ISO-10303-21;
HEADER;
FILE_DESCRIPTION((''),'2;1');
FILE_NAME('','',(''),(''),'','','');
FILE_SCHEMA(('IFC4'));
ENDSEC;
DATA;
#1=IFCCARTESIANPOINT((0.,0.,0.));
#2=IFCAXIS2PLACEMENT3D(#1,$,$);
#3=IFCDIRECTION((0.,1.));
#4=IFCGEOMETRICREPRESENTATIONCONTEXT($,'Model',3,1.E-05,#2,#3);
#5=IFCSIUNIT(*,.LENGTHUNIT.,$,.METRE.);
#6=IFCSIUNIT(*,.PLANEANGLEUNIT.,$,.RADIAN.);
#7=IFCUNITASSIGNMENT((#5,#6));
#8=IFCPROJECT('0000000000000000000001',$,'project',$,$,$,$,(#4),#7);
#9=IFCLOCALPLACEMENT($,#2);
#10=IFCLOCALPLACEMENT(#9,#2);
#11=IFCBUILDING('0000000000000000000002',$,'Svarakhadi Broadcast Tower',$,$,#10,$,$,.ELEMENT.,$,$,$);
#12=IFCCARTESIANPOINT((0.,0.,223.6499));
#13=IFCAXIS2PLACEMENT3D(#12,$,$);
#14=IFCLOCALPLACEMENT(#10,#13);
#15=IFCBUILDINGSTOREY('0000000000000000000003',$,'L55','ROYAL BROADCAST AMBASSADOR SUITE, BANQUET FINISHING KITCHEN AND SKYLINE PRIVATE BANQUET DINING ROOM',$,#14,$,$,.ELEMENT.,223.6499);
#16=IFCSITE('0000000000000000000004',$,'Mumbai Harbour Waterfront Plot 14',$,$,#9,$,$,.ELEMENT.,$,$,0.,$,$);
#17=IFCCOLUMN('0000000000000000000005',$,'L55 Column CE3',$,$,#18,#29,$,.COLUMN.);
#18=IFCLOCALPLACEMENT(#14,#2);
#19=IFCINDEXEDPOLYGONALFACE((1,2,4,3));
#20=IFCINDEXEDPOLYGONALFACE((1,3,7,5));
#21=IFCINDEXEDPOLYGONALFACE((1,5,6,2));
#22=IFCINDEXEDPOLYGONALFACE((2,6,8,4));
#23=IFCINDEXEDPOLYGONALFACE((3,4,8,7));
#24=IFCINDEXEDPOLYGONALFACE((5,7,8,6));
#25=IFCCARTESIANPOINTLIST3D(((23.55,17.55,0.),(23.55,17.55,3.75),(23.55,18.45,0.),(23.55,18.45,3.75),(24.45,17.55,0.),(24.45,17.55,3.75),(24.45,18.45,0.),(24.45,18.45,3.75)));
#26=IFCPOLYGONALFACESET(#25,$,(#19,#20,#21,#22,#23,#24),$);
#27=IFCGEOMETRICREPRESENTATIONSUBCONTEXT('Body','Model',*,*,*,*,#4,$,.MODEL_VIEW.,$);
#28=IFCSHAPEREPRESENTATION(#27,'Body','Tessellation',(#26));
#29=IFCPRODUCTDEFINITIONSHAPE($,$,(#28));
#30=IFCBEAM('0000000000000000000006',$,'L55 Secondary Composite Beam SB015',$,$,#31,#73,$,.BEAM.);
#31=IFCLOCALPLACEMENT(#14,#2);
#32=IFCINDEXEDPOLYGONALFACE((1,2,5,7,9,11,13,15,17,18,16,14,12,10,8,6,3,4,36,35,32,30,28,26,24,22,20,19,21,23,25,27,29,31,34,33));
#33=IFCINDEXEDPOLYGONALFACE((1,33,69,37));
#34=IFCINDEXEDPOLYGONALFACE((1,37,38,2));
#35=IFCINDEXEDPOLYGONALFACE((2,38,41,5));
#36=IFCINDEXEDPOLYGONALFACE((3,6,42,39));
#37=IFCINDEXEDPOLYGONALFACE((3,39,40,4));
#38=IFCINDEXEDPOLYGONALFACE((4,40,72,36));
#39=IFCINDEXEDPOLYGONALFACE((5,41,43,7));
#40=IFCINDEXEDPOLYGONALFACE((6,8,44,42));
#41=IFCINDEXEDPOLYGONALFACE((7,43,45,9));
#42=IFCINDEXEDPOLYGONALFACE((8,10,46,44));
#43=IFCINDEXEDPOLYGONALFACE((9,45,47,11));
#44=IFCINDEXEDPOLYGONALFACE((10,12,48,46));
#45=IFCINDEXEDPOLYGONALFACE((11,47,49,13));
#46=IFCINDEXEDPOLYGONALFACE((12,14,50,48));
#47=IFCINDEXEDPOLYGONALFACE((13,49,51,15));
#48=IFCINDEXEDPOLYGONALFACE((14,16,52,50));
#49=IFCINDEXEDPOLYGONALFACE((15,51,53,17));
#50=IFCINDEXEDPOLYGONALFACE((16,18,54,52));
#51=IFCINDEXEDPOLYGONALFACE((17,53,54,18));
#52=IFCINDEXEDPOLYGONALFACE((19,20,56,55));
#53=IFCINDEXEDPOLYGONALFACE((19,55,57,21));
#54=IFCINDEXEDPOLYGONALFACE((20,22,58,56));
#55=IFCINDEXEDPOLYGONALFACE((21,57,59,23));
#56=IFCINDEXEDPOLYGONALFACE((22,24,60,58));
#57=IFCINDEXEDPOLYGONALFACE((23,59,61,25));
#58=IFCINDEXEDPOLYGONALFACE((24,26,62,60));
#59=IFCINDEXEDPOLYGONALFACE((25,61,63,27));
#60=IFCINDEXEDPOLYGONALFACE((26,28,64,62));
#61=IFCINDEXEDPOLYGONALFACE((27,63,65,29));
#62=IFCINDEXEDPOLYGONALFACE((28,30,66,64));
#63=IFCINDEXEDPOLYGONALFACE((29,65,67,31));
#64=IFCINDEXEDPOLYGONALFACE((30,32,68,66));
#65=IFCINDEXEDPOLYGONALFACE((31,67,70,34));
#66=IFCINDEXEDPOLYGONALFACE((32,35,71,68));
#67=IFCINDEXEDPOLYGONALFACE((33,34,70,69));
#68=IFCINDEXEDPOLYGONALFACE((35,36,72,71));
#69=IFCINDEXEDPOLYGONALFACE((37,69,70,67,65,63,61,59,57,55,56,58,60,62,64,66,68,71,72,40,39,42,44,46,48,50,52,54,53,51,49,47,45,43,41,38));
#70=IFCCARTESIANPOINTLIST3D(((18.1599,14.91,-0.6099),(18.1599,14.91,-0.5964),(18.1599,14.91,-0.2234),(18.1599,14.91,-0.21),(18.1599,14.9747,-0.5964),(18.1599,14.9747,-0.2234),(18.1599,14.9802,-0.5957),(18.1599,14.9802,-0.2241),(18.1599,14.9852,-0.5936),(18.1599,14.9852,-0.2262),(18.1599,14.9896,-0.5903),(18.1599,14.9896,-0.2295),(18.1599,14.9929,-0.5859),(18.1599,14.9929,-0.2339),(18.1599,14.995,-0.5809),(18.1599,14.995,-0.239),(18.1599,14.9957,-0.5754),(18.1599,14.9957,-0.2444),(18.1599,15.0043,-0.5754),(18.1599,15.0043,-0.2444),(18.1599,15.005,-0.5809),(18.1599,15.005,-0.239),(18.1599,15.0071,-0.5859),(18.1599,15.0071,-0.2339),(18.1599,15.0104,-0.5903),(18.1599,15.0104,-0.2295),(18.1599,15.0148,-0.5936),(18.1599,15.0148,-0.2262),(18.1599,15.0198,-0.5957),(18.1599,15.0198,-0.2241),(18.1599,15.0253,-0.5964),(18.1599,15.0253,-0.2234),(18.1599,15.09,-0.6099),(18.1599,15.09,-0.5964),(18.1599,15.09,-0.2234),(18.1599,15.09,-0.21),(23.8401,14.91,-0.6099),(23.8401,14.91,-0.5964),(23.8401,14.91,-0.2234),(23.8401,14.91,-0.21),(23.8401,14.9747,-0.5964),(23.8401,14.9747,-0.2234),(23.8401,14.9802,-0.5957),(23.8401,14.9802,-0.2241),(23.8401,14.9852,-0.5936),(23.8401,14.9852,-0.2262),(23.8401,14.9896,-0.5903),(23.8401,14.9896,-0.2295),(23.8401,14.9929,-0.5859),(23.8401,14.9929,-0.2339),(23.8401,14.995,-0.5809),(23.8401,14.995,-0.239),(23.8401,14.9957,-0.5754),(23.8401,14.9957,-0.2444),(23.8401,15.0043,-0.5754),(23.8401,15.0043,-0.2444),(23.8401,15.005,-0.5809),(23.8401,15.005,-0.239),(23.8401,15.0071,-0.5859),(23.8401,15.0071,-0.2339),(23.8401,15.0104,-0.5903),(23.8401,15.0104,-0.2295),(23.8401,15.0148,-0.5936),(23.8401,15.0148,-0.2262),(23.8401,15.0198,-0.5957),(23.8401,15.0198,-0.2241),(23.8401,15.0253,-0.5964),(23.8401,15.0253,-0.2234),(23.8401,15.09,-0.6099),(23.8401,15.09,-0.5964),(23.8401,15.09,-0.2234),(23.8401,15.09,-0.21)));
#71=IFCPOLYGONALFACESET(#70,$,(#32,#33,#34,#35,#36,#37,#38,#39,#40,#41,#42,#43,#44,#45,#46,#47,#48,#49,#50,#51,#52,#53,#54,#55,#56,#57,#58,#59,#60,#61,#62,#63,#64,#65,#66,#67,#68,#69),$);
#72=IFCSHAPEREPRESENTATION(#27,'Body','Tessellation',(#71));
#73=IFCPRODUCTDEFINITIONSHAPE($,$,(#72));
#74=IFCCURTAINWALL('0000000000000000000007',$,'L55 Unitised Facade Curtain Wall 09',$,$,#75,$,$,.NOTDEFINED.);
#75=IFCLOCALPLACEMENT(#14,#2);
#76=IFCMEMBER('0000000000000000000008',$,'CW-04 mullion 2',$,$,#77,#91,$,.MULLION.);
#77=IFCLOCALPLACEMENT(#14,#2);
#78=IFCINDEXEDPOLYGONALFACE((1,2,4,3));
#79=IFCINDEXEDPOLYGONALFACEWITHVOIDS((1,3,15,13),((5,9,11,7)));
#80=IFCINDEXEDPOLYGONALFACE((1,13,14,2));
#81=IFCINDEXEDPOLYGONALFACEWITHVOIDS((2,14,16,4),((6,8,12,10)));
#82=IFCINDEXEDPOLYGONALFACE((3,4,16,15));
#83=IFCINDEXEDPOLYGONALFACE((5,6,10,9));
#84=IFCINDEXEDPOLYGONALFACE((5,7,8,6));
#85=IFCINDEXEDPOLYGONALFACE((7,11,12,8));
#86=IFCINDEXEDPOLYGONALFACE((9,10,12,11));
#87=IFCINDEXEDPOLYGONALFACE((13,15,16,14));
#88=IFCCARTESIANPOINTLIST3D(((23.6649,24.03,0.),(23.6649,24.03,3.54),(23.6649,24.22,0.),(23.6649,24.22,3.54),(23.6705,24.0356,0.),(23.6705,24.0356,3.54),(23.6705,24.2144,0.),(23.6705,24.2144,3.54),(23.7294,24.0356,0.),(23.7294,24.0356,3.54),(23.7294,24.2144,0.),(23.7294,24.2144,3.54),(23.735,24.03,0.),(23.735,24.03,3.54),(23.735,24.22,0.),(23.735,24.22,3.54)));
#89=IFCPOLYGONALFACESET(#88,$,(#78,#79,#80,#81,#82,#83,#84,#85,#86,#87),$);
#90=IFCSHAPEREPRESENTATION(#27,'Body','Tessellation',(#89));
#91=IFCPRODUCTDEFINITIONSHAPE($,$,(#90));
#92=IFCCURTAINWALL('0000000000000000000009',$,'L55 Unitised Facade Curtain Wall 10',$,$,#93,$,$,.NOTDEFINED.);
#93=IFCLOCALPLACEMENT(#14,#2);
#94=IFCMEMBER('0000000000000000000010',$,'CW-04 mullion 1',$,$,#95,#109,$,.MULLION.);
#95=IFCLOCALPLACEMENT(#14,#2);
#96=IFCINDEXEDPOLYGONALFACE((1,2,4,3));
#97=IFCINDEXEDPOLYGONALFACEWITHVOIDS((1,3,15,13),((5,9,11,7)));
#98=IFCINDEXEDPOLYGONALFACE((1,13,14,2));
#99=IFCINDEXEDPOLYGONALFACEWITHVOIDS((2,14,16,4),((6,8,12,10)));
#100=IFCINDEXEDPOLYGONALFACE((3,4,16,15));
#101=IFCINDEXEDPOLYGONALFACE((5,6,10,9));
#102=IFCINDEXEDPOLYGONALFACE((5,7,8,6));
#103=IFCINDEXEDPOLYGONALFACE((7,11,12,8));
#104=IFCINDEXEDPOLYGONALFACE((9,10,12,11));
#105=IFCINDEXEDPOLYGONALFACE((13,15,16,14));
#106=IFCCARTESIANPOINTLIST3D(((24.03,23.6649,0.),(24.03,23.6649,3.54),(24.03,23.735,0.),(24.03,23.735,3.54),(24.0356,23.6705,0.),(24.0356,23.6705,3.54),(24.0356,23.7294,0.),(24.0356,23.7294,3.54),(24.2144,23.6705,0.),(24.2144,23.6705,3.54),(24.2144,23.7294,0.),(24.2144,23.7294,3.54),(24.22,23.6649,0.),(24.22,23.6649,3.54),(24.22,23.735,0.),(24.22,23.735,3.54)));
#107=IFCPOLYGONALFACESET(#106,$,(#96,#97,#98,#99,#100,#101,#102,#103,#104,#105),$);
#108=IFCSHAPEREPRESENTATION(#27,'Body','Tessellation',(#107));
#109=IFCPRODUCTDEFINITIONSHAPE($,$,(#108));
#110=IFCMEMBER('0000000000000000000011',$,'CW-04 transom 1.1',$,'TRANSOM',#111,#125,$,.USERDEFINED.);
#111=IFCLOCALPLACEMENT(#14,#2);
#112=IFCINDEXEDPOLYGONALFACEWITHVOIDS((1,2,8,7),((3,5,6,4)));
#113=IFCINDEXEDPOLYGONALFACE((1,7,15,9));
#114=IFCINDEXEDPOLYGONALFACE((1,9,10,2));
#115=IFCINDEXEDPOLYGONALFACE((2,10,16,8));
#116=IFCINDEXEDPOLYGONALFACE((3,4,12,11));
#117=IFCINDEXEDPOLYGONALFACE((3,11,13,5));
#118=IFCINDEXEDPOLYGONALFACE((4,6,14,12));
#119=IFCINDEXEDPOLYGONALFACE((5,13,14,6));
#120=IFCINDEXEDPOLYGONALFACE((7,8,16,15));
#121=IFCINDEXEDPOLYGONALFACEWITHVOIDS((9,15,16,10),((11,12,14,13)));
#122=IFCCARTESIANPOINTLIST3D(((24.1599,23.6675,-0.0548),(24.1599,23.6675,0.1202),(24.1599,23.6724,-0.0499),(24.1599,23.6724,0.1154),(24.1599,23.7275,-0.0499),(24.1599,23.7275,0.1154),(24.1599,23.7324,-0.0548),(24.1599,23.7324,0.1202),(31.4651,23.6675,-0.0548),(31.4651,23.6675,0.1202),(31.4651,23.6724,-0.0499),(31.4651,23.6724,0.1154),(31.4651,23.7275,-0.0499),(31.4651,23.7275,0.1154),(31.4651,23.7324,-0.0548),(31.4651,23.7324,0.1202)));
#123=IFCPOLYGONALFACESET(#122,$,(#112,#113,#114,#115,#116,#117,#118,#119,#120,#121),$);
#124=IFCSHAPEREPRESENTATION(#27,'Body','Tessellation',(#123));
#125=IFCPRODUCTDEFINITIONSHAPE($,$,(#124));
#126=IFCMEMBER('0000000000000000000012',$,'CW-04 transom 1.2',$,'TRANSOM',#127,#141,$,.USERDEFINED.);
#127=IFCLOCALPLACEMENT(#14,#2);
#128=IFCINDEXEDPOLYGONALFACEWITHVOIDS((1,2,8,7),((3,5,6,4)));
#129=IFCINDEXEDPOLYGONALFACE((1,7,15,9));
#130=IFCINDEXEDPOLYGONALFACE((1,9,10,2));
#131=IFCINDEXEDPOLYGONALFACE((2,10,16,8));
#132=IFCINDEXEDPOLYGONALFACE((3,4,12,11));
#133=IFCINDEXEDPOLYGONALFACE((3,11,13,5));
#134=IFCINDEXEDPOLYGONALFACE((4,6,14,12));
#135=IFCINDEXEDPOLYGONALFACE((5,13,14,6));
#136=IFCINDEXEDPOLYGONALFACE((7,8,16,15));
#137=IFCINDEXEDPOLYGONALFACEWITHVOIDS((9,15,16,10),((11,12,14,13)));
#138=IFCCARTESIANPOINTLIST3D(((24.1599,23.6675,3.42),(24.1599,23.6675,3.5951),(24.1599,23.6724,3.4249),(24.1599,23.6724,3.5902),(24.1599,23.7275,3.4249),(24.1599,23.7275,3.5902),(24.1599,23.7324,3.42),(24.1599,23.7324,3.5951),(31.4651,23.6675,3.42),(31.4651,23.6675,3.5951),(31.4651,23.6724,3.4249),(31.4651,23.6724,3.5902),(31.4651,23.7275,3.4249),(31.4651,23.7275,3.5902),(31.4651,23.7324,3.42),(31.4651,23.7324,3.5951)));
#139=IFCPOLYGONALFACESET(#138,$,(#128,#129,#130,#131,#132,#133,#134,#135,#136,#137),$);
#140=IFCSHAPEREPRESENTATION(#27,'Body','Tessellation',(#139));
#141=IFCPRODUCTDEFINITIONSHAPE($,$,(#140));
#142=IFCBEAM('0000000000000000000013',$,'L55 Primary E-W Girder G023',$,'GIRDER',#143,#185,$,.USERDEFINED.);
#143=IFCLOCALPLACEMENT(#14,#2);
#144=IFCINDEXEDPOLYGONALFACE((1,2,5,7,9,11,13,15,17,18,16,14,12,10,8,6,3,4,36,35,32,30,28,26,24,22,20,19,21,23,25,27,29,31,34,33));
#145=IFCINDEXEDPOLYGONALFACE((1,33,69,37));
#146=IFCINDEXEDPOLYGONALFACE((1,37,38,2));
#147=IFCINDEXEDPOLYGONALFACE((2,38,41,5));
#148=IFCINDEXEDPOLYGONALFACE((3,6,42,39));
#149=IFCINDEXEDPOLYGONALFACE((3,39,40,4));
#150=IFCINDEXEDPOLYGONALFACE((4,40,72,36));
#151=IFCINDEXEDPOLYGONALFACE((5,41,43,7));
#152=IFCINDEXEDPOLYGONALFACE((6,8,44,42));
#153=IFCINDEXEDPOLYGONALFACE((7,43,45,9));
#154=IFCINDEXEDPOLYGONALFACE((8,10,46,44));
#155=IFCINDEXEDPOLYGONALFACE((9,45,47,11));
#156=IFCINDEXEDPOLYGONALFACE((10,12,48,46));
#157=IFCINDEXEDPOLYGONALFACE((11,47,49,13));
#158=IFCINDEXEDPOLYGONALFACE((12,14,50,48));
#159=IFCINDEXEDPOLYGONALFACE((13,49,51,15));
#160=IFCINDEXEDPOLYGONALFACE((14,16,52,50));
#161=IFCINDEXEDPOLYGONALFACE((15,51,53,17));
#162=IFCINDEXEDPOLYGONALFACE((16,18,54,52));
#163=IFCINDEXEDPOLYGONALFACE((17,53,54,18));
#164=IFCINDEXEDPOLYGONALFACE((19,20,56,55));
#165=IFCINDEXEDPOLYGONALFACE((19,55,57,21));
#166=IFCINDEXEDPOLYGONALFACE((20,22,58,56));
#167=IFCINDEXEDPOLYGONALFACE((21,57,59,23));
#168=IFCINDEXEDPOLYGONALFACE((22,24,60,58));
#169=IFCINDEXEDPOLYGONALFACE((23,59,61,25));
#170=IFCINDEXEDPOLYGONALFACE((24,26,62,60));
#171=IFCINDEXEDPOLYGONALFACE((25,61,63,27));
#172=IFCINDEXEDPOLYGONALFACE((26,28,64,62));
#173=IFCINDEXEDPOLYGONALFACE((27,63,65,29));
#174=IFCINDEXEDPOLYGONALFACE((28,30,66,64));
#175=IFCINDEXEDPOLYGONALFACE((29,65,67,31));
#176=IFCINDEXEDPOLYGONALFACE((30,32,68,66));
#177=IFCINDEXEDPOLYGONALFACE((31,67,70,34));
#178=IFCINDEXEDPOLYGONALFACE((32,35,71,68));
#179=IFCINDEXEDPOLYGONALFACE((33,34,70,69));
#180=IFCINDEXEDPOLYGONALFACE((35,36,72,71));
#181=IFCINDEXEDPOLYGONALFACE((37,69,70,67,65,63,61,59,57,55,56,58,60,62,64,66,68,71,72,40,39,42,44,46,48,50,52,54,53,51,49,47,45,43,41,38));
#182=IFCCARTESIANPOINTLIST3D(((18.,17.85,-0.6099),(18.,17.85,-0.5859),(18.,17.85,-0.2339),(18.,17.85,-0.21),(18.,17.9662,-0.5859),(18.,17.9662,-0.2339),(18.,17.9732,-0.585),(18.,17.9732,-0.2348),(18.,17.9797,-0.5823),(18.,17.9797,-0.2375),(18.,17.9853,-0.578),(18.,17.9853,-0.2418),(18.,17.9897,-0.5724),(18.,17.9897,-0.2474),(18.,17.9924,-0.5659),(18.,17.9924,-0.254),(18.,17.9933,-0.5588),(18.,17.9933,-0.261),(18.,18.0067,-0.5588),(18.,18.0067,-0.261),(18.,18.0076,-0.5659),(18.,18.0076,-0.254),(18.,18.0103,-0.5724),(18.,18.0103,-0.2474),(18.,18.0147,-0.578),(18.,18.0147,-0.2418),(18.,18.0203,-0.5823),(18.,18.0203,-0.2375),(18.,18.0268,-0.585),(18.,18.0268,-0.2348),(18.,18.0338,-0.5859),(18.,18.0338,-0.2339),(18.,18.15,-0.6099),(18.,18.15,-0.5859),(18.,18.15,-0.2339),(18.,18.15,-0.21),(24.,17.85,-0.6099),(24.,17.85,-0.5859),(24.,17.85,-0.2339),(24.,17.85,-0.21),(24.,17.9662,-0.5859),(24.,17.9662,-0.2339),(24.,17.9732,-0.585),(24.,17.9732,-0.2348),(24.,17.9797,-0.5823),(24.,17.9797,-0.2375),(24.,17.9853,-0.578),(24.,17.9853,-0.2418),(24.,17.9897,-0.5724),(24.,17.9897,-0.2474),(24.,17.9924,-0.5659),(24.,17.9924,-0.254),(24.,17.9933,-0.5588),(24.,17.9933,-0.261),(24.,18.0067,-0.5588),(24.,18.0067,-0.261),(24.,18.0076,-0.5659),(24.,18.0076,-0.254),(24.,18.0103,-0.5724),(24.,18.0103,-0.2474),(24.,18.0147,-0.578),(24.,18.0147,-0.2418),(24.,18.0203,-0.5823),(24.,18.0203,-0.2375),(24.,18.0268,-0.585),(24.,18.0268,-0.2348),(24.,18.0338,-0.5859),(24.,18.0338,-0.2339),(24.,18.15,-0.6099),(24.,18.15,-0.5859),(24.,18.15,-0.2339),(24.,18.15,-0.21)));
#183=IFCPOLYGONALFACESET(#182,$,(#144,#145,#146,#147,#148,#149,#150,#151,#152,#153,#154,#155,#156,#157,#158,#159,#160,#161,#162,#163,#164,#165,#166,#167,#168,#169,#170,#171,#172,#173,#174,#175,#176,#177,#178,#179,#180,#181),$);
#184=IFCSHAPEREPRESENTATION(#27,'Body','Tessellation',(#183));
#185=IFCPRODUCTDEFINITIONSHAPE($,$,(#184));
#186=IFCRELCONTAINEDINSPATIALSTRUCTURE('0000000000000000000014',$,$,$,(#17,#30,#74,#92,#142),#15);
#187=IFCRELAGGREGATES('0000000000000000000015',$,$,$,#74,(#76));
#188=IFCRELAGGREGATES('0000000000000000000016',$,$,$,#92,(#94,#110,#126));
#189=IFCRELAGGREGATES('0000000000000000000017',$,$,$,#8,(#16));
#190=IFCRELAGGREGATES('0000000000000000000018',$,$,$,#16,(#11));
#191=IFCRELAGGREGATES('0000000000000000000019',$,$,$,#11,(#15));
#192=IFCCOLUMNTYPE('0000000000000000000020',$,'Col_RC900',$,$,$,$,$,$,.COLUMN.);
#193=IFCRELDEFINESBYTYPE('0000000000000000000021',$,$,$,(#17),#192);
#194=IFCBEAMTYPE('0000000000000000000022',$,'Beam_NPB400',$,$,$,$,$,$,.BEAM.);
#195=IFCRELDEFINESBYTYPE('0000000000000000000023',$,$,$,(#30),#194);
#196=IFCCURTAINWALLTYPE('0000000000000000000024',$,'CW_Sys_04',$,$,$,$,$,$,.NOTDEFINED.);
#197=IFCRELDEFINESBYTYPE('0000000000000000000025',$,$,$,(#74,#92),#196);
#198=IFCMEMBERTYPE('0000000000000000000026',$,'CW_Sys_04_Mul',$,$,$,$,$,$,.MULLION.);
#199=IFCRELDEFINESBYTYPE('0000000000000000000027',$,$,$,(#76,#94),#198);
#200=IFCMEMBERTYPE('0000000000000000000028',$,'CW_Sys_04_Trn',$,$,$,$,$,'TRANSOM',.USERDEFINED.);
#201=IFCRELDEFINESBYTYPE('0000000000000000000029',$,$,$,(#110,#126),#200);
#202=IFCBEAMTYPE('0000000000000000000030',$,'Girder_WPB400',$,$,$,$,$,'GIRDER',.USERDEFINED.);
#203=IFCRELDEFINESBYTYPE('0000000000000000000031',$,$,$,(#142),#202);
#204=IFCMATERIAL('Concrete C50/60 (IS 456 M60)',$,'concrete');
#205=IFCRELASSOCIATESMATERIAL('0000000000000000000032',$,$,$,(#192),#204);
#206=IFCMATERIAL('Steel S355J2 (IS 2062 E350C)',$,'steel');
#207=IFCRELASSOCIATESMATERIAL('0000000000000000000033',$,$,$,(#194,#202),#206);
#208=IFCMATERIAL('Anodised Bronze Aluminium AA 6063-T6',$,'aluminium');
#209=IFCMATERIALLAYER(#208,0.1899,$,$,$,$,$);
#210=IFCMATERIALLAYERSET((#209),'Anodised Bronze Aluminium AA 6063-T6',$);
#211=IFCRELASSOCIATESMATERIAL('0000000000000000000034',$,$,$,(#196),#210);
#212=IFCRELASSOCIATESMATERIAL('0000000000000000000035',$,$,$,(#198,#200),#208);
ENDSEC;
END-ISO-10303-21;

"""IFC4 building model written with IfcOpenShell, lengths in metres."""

from ifc_helpers import new_model, si_unit, direction, frame, origin, origin_2d, place, context, subcontext, project, spatial, rectangle, hollow_rectangle, i_section, extrude, material, layer, layer_set, material_profile, profile_set, type_object, element, aggregate, save


model = new_model("IFC4")

# Units and contexts
model_context = context("Model", 3, precision=1e-05, world=origin(), true_north=direction((0.0, 1.0)))
body_context = subcontext(model_context, "Body", "Model", "MODEL_VIEW")
ifc_project = project(units=[si_unit("LENGTHUNIT", "METRE"), si_unit("PLANEANGLEUNIT", "RADIAN")], contexts=[model_context])

# Site, building, storey
site_placement = place(None, origin())
site = spatial("IfcSite", under=ifc_project, at=site_placement, Name="Mumbai Harbour Waterfront Plot 14", CompositionType="ELEMENT", RefElevation=0.0)
building_placement = place(site_placement, origin())
building = spatial("IfcBuilding", under=site, at=building_placement, Name="Svarakhadi Broadcast Tower", CompositionType="ELEMENT")
storey_placement = place(building_placement, frame((0.0, 0.0, 223.6499)))
storey = spatial("IfcBuildingStorey", under=building, at=storey_placement, Name="L55", Description="ROYAL BROADCAST AMBASSADOR SUITE, BANQUET FINISHING KITCHEN AND SKYLINE PRIVATE BANQUET DINING ROOM", CompositionType="ELEMENT", Elevation=223.6499)

# Column
ifc_material_1 = material(Name="Concrete C50/60 (IS 456 M60)", Category="concrete")
ifc_material_profile_1 = material_profile(ifc_material_1, rectangle(XDim=0.8999, YDim=0.8999, at=origin_2d()), Name="RC 900x900")
ifc_profile_set_1 = profile_set([ifc_material_profile_1], Name="Concrete C50/60 (IS 456 M60)")
column_type = type_object("IfcColumnType", Name="Col_RC900", PredefinedType="COLUMN", material=ifc_profile_set_1)
column_placement = place(storey_placement, frame((24.0, 18.0, 0.0), z_axis=(0.0, 0.0, 1.0), x_axis=(1.0, 0.0, 0.0)))
element("IfcColumn", 1, at=column_placement, inside=storey, type_object=column_type, Name="L55 Column CE3", PredefinedType="COLUMN", context=body_context, shape_type="SweptSolid", body=[
    extrude(rectangle(XDim=0.8999, YDim=0.8999, at=origin_2d()), origin(), (0.0, 0.0, 1.0), 3.75),
])

# Beam
ifc_material_2 = material(Name="Steel S355J2 (IS 2062 E350C)", Category="steel")
ifc_material_profile_2 = material_profile(ifc_material_2, i_section(OverallWidth=0.1799, OverallDepth=0.3999, WebThickness=0.0085, FlangeThickness=0.0134, FilletRadius=0.021, at=origin_2d()), Name="NPB 400x180x66")
ifc_profile_set_2 = profile_set([ifc_material_profile_2], Name="Steel S355J2 (IS 2062 E350C)")
beam_type_1 = type_object("IfcBeamType", Name="Beam_NPB400", PredefinedType="BEAM", material=ifc_profile_set_2)
beam_1_placement = place(storey_placement, frame((18.1599, 15.0, -0.4099), z_axis=(1.0, 0.0, 0.0), x_axis=(0.0, 1.0, 0.0)))
element("IfcBeam", 2, at=beam_1_placement, inside=storey, type_object=beam_type_1, Name="L55 Secondary Composite Beam SB015", PredefinedType="BEAM", context=body_context, shape_type="SweptSolid", body=[
    extrude(i_section(OverallWidth=0.1799, OverallDepth=0.3999, WebThickness=0.0085, FlangeThickness=0.0134, FilletRadius=0.021, at=origin_2d()), origin(), (0.0, 0.0, 1.0), 5.6802),
])

# Curtain wall, member
ifc_material_3 = material(Name="Anodised Bronze Aluminium AA 6063-T6", Category="aluminium")
ifc_layer_1 = layer(ifc_material_3, 0.1899)
ifc_layer_set_1 = layer_set([ifc_layer_1], Name="Anodised Bronze Aluminium AA 6063-T6")
curtain_wall_type = type_object("IfcCurtainWallType", Name="CW_Sys_04", PredefinedType="NOTDEFINED", material=ifc_layer_set_1)
curtain_wall_1_placement = place(storey_placement, origin())
curtain_wall_1 = element("IfcCurtainWall", 3, at=curtain_wall_1_placement, inside=storey, type_object=curtain_wall_type, Name="L55 Unitised Facade Curtain Wall 09", PredefinedType="NOTDEFINED")
ifc_material_profile_3 = material_profile(ifc_material_3, hollow_rectangle(XDim=0.0701, YDim=0.1899, WallThickness=0.0056, at=origin_2d()), Name="ALU MULLION 190x70x6")
ifc_profile_set_3 = profile_set([ifc_material_profile_3], Name="Anodised Bronze Aluminium AA 6063-T6")
member_type_1 = type_object("IfcMemberType", Name="CW_Sys_04_Mul", PredefinedType="MULLION", material=ifc_profile_set_3)
member_1_placement = place(storey_placement, frame((23.7, 24.125, 0.0), z_axis=(0.0, 0.0, 1.0), x_axis=(1.0, 0.0, 0.0)))
member_1 = element("IfcMember", 4, at=member_1_placement, type_object=member_type_1, Name="CW-04 mullion 2", PredefinedType="MULLION", context=body_context, shape_type="SweptSolid", body=[
    extrude(hollow_rectangle(XDim=0.0701, YDim=0.1899, WallThickness=0.0056, at=origin_2d()), origin(), (0.0, 0.0, 1.0), 3.54),
])

# Curtain wall, members
curtain_wall_2_placement = place(storey_placement, origin())
curtain_wall_2 = element("IfcCurtainWall", 5, at=curtain_wall_2_placement, inside=storey, type_object=curtain_wall_type, Name="L55 Unitised Facade Curtain Wall 10", PredefinedType="NOTDEFINED")
member_2_placement = place(storey_placement, frame((24.125, 23.7, 0.0), z_axis=(0.0, 0.0, 1.0), x_axis=(0.0, 1.0, 0.0)))
member_2 = element("IfcMember", 6, at=member_2_placement, type_object=member_type_1, Name="CW-04 mullion 1", PredefinedType="MULLION", context=body_context, shape_type="SweptSolid", body=[
    extrude(hollow_rectangle(XDim=0.0701, YDim=0.1899, WallThickness=0.0056, at=origin_2d()), origin(), (0.0, 0.0, 1.0), 3.54),
])
ifc_material_profile_4 = material_profile(ifc_material_3, hollow_rectangle(XDim=0.0649, YDim=0.175, WallThickness=0.0049, at=origin_2d()), Name="ALU TRANSOM 175x65x5")
ifc_profile_set_4 = profile_set([ifc_material_profile_4], Name="Anodised Bronze Aluminium AA 6063-T6")
member_type_2 = type_object("IfcMemberType", Name="CW_Sys_04_Trn", ElementType="TRANSOM", PredefinedType="USERDEFINED", material=ifc_profile_set_4)
member_3_placement = place(storey_placement, frame((24.1599, 23.7, 0.0327), z_axis=(1.0, 0.0, 0.0), x_axis=(0.0, 1.0, 0.0)))
member_3 = element("IfcMember", 7, at=member_3_placement, type_object=member_type_2, Name="CW-04 transom 1.1", ObjectType="TRANSOM", PredefinedType="USERDEFINED", context=body_context, shape_type="SweptSolid", body=[
    extrude(hollow_rectangle(XDim=0.0649, YDim=0.175, WallThickness=0.0049, at=origin_2d()), origin(), (0.0, 0.0, 1.0), 7.3052),
])
member_4_placement = place(storey_placement, frame((24.1599, 23.7, 3.5076), z_axis=(1.0, 0.0, 0.0), x_axis=(0.0, 1.0, 0.0)))
member_4 = element("IfcMember", 8, at=member_4_placement, type_object=member_type_2, Name="CW-04 transom 1.2", ObjectType="TRANSOM", PredefinedType="USERDEFINED", context=body_context, shape_type="SweptSolid", body=[
    extrude(hollow_rectangle(XDim=0.0649, YDim=0.175, WallThickness=0.0049, at=origin_2d()), origin(), (0.0, 0.0, 1.0), 7.3052),
])

# Beam
ifc_material_profile_5 = material_profile(ifc_material_2, i_section(OverallWidth=0.3, OverallDepth=0.3999, WebThickness=0.0134, FlangeThickness=0.0239, FilletRadius=0.0271, at=origin_2d()), Name="WPB 400x300x155")
ifc_profile_set_5 = profile_set([ifc_material_profile_5], Name="Steel S355J2 (IS 2062 E350C)")
beam_type_2 = type_object("IfcBeamType", Name="Girder_WPB400", ElementType="GIRDER", PredefinedType="USERDEFINED", material=ifc_profile_set_5)
beam_2_placement = place(storey_placement, frame((18.0, 18.0, -0.4099), z_axis=(1.0, 0.0, 0.0), x_axis=(0.0, 1.0, 0.0)))
element("IfcBeam", 9, at=beam_2_placement, inside=storey, type_object=beam_type_2, Name="L55 Primary E-W Girder G023", ObjectType="GIRDER", PredefinedType="USERDEFINED", context=body_context, shape_type="SweptSolid", body=[
    extrude(i_section(OverallWidth=0.3, OverallDepth=0.3999, WebThickness=0.0134, FlangeThickness=0.0239, FilletRadius=0.0271, at=origin_2d()), origin(), (0.0, 0.0, 1.0), 6.0),
])

aggregate(curtain_wall_1, [member_1])
aggregate(curtain_wall_2, [member_2, member_3, member_4])

save(model, "model.ifc")
